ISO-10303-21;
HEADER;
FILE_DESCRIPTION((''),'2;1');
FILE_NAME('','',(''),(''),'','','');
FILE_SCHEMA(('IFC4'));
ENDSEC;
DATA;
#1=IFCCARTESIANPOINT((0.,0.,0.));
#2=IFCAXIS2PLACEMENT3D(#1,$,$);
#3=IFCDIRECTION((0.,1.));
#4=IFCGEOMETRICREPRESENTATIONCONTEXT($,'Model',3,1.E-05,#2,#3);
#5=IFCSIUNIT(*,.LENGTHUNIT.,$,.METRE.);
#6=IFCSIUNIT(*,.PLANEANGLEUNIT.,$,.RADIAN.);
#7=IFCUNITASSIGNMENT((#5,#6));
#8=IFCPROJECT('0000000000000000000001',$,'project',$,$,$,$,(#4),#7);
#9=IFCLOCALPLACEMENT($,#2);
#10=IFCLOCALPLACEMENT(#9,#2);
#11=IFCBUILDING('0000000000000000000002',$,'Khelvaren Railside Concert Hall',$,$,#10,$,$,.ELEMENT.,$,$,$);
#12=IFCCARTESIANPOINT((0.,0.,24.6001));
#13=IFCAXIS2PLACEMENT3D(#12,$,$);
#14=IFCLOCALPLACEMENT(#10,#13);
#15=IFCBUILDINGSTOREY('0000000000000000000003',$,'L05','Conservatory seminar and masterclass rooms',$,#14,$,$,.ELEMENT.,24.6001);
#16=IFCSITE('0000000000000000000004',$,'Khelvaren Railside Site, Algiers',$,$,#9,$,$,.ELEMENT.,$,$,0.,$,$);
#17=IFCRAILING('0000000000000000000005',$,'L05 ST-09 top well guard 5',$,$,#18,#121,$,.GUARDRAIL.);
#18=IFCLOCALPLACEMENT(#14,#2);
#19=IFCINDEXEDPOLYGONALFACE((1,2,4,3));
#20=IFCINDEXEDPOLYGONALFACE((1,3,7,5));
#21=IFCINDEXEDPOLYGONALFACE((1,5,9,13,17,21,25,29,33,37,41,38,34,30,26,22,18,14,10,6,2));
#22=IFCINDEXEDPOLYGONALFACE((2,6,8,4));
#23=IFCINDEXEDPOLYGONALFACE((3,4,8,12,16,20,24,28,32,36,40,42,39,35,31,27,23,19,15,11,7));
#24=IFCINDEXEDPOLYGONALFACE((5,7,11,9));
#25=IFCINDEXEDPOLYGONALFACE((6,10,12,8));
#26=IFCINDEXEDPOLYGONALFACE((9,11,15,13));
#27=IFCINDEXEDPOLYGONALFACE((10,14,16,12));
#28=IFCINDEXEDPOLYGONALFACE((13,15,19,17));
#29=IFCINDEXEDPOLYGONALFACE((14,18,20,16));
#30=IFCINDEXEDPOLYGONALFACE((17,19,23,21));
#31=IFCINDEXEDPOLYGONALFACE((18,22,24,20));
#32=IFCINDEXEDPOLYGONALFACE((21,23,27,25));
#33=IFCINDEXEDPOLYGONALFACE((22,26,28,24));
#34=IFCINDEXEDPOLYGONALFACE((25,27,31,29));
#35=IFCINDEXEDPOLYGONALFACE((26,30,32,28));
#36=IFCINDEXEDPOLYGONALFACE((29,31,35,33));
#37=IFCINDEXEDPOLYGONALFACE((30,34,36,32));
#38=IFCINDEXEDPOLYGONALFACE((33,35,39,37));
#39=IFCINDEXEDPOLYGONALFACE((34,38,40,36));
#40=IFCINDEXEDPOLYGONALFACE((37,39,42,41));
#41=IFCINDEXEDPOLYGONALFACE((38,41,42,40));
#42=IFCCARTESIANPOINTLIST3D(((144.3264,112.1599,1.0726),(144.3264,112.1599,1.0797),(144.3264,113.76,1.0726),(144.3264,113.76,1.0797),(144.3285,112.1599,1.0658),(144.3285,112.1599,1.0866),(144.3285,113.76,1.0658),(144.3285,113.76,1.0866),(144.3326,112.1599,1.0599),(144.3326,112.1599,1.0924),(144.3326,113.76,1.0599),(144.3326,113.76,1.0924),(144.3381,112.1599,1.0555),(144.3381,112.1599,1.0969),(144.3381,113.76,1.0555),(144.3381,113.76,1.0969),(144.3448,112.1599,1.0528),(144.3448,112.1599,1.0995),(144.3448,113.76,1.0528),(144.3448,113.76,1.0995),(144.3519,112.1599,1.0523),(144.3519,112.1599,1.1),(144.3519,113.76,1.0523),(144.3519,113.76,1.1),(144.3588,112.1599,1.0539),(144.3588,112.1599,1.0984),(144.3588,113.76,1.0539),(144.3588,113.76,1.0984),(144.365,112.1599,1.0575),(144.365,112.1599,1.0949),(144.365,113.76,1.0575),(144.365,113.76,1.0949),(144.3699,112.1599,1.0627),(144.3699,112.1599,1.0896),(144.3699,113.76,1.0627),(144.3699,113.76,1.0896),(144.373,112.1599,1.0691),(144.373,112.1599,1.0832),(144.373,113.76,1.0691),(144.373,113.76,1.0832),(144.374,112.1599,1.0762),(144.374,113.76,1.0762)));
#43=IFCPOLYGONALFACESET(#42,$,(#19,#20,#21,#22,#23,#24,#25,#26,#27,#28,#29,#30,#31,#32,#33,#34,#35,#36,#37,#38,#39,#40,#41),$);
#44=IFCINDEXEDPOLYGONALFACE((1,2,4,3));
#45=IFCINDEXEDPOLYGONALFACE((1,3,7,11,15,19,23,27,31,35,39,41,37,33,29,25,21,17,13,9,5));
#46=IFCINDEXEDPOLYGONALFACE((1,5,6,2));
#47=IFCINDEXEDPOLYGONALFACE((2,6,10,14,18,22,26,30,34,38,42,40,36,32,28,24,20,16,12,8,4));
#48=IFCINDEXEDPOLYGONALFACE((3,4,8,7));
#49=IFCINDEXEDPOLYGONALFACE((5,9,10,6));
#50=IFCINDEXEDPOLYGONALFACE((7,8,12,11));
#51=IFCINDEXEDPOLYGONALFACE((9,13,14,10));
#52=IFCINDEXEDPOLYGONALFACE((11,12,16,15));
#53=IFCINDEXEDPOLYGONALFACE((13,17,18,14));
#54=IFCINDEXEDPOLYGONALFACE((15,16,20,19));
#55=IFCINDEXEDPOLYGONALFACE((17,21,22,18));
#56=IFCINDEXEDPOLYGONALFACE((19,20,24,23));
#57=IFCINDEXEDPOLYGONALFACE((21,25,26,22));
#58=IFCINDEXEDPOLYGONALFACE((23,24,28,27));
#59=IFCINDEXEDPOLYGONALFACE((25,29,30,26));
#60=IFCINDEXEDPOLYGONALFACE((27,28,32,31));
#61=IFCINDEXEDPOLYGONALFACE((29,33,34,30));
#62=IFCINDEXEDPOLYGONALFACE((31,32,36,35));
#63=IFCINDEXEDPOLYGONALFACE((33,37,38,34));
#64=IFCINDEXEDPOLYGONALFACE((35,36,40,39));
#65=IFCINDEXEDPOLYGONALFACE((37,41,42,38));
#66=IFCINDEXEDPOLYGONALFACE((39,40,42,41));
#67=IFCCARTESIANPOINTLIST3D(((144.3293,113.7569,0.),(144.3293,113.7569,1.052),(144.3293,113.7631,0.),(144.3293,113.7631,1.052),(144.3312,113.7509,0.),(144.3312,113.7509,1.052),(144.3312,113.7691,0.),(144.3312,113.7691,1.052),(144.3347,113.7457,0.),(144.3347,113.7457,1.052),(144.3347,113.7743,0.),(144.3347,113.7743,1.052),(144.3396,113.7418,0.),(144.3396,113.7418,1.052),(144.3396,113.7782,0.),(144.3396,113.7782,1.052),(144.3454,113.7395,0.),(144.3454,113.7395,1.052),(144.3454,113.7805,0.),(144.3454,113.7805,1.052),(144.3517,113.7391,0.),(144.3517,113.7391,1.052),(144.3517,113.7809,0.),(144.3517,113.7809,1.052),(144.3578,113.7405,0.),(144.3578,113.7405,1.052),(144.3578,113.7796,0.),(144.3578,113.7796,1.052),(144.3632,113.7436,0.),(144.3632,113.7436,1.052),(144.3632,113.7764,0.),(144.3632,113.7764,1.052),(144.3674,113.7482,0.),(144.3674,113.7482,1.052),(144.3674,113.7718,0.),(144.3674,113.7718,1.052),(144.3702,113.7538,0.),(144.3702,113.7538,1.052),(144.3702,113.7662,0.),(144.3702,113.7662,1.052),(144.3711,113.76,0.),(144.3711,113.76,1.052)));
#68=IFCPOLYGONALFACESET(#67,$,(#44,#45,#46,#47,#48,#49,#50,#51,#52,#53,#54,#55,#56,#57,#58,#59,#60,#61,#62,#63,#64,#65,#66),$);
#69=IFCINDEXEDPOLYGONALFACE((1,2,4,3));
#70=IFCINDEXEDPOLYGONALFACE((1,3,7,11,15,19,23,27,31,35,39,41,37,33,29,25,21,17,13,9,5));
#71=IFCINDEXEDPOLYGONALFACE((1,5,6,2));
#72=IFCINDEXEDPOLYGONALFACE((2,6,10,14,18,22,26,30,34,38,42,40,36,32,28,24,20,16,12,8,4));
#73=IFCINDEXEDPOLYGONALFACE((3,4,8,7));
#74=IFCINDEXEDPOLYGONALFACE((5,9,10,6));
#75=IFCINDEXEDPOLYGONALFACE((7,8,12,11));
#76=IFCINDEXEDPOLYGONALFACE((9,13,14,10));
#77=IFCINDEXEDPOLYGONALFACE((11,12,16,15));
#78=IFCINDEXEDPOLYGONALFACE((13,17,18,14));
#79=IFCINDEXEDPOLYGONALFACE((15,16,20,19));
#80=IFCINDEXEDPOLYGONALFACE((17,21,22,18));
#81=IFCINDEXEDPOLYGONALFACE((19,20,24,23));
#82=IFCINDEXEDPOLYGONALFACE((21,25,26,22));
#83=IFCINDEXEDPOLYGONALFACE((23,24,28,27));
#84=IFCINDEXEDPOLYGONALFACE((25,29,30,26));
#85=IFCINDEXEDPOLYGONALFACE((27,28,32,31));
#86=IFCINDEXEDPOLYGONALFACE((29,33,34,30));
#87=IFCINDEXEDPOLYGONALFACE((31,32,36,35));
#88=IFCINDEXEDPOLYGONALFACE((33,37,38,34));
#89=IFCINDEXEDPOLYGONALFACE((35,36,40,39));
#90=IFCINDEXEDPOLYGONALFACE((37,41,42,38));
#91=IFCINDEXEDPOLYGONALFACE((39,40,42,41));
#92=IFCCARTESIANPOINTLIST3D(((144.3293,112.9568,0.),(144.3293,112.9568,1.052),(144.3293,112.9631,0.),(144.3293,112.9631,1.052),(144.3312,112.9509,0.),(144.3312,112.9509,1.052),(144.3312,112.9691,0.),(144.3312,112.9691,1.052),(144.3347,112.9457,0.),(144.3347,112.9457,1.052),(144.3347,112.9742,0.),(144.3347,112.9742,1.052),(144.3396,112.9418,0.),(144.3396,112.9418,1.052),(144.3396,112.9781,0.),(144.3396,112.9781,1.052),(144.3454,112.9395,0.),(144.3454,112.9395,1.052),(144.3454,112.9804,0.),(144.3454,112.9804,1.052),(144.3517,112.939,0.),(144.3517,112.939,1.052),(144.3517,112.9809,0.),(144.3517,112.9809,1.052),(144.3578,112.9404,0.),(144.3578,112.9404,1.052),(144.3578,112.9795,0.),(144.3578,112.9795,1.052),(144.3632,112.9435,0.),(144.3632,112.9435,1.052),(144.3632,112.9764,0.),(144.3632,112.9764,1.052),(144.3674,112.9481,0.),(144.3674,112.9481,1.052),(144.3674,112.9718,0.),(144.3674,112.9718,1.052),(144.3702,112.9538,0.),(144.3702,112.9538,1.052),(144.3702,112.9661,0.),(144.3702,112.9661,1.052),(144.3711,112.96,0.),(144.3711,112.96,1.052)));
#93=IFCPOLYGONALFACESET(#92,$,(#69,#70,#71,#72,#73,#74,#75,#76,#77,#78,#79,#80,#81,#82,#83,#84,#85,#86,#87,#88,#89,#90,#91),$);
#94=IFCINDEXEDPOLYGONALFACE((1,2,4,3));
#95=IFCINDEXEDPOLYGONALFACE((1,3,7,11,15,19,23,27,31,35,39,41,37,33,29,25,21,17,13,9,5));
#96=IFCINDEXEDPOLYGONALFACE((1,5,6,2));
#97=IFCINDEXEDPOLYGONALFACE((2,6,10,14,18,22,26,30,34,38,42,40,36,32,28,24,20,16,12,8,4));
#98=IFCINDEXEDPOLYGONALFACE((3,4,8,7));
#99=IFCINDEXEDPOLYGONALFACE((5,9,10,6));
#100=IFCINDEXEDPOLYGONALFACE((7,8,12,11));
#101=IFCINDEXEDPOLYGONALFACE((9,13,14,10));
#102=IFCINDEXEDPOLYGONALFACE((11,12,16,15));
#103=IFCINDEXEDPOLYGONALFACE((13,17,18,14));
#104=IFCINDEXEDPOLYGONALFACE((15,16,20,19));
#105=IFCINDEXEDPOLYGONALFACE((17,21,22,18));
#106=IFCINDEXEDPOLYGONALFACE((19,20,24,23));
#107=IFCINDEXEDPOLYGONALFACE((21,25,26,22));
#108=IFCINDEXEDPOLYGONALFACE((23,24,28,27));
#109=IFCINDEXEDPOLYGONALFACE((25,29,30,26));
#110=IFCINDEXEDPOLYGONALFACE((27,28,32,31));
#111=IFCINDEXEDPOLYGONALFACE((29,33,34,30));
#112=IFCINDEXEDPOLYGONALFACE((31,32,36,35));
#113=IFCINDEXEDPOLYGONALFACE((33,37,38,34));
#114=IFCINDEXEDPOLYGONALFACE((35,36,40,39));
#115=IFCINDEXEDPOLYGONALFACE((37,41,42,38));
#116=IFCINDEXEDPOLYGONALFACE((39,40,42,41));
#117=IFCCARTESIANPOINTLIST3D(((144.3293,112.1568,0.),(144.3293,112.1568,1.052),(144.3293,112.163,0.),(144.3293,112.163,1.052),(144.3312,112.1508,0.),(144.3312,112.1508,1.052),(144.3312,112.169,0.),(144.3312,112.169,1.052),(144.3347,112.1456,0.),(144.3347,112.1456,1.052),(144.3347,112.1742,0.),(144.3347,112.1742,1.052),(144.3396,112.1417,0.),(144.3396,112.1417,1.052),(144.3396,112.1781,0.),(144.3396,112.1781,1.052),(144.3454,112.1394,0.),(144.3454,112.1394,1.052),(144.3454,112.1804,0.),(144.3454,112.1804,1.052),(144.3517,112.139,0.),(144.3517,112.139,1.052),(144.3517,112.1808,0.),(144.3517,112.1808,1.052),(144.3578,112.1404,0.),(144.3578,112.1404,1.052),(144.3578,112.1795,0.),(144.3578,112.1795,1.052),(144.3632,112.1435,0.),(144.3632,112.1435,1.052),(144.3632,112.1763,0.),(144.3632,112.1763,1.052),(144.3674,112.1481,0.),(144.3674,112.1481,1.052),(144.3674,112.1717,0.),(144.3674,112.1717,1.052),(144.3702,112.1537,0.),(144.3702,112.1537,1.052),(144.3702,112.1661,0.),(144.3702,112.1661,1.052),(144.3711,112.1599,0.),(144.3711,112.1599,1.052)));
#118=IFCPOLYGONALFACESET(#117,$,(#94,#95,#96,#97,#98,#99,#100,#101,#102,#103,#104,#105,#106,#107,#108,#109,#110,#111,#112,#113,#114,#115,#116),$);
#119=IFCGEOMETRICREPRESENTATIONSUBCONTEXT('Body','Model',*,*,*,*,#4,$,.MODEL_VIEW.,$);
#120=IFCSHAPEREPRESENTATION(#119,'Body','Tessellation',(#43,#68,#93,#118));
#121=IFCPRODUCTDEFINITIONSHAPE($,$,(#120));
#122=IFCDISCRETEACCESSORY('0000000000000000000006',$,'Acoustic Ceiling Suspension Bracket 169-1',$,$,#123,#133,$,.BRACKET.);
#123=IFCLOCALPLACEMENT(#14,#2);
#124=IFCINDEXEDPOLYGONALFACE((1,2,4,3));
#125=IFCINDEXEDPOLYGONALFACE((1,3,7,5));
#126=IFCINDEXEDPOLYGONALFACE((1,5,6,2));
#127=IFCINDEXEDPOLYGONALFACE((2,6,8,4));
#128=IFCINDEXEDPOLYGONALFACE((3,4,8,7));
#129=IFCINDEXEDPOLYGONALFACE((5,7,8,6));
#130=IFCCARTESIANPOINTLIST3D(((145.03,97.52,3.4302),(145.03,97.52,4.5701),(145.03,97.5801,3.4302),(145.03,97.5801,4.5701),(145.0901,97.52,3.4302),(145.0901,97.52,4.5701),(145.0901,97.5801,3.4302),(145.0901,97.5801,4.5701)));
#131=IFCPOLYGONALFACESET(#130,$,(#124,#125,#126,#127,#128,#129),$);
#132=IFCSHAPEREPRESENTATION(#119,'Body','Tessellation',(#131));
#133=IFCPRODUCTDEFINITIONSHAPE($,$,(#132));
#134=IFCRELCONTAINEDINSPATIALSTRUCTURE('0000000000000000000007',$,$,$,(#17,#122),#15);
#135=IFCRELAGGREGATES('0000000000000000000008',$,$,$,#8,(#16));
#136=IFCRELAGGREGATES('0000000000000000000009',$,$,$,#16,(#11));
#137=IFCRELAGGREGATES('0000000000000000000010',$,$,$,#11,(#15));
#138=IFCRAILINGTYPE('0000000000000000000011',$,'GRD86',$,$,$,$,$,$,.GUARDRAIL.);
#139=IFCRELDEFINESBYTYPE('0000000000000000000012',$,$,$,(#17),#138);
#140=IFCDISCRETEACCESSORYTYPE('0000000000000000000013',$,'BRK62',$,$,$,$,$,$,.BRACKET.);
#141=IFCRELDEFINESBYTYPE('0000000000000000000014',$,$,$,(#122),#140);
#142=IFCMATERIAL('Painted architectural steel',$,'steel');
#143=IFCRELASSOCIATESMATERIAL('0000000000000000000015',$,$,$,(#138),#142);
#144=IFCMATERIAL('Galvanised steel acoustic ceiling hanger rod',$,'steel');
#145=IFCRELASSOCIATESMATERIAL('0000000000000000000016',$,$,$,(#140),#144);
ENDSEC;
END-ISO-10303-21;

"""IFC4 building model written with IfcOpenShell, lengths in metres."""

from ifc_helpers import new_model, si_unit, direction, frame, origin, origin_2d, place, context, subcontext, project, spatial, rectangle, circle, extrude, material, type_object, element, save


model = new_model("IFC4")

# Units and contexts
model_context = context("Model", 3, precision=1e-05, world=origin(), true_north=direction((0.0, 1.0)))
body_context = subcontext(model_context, "Body", "Model", "MODEL_VIEW")
ifc_project = project(units=[si_unit("LENGTHUNIT", "METRE"), si_unit("PLANEANGLEUNIT", "RADIAN")], contexts=[model_context])

# Site, building, storey
site_placement = place(None, origin())
site = spatial("IfcSite", under=ifc_project, at=site_placement, Name="Khelvaren Railside Site, Algiers", CompositionType="ELEMENT", RefElevation=0.0)
building_placement = place(site_placement, origin())
building = spatial("IfcBuilding", under=site, at=building_placement, Name="Khelvaren Railside Concert Hall", CompositionType="ELEMENT")
storey_placement = place(building_placement, frame((0.0, 0.0, 24.6001)))
storey = spatial("IfcBuildingStorey", under=building, at=storey_placement, Name="L05", Description="Conservatory seminar and masterclass rooms", CompositionType="ELEMENT", Elevation=24.6001)

# Railing
ifc_material_1 = material(Name="Painted architectural steel", Category="steel")
railing_type = type_object("IfcRailingType", Name="GRD86", PredefinedType="GUARDRAIL", material=ifc_material_1)
railing_1_placement = place(storey_placement, frame((144.3501, 113.76, 0.0)))
element("IfcRailing", 1, at=railing_1_placement, inside=storey, type_object=railing_type, Name="L05 ST-09 top well guard 5", PredefinedType="GUARDRAIL", context=body_context, shape_type="SweptSolid", body=[
    extrude(circle(Radius=0.0239, at=origin_2d()), frame((0.0, 0.0, 1.0762), z_axis=(0.0, -1.0, 0.0), x_axis=(1.0, 0.0, 0.0)), (0.0, 0.0, 1.0), 1.6001),
    extrude(circle(Radius=0.021, at=origin_2d()), origin(), (0.0, 0.0, 1.0), 1.052),
    extrude(circle(Radius=0.021, at=origin_2d()), frame((0.0, -0.8, 0.0)), (0.0, 0.0, 1.0), 1.052),
    extrude(circle(Radius=0.021, at=origin_2d()), frame((0.0, -1.6001, 0.0)), (0.0, 0.0, 1.0), 1.052),
])

# Discrete accessory
ifc_material_2 = material(Name="Galvanised steel acoustic ceiling hanger rod", Category="steel")
discrete_accessory_type = type_object("IfcDiscreteAccessoryType", Name="BRK62", PredefinedType="BRACKET", material=ifc_material_2)
discrete_accessory_placement = place(storey_placement, frame((145.0601, 97.55, 3.4302), z_axis=(0.0, 0.0, 1.0), x_axis=(1.0, 0.0, 0.0)))
element("IfcDiscreteAccessory", 2, at=discrete_accessory_placement, inside=storey, type_object=discrete_accessory_type, Name="Acoustic Ceiling Suspension Bracket 169-1", PredefinedType="BRACKET", context=body_context, shape_type="SweptSolid", body=[
    extrude(rectangle(XDim=0.0601, YDim=0.0601, at=origin_2d()), origin(), (0.0, 0.0, 1.0), 1.1399),
])

save(model, "model.ifc")
